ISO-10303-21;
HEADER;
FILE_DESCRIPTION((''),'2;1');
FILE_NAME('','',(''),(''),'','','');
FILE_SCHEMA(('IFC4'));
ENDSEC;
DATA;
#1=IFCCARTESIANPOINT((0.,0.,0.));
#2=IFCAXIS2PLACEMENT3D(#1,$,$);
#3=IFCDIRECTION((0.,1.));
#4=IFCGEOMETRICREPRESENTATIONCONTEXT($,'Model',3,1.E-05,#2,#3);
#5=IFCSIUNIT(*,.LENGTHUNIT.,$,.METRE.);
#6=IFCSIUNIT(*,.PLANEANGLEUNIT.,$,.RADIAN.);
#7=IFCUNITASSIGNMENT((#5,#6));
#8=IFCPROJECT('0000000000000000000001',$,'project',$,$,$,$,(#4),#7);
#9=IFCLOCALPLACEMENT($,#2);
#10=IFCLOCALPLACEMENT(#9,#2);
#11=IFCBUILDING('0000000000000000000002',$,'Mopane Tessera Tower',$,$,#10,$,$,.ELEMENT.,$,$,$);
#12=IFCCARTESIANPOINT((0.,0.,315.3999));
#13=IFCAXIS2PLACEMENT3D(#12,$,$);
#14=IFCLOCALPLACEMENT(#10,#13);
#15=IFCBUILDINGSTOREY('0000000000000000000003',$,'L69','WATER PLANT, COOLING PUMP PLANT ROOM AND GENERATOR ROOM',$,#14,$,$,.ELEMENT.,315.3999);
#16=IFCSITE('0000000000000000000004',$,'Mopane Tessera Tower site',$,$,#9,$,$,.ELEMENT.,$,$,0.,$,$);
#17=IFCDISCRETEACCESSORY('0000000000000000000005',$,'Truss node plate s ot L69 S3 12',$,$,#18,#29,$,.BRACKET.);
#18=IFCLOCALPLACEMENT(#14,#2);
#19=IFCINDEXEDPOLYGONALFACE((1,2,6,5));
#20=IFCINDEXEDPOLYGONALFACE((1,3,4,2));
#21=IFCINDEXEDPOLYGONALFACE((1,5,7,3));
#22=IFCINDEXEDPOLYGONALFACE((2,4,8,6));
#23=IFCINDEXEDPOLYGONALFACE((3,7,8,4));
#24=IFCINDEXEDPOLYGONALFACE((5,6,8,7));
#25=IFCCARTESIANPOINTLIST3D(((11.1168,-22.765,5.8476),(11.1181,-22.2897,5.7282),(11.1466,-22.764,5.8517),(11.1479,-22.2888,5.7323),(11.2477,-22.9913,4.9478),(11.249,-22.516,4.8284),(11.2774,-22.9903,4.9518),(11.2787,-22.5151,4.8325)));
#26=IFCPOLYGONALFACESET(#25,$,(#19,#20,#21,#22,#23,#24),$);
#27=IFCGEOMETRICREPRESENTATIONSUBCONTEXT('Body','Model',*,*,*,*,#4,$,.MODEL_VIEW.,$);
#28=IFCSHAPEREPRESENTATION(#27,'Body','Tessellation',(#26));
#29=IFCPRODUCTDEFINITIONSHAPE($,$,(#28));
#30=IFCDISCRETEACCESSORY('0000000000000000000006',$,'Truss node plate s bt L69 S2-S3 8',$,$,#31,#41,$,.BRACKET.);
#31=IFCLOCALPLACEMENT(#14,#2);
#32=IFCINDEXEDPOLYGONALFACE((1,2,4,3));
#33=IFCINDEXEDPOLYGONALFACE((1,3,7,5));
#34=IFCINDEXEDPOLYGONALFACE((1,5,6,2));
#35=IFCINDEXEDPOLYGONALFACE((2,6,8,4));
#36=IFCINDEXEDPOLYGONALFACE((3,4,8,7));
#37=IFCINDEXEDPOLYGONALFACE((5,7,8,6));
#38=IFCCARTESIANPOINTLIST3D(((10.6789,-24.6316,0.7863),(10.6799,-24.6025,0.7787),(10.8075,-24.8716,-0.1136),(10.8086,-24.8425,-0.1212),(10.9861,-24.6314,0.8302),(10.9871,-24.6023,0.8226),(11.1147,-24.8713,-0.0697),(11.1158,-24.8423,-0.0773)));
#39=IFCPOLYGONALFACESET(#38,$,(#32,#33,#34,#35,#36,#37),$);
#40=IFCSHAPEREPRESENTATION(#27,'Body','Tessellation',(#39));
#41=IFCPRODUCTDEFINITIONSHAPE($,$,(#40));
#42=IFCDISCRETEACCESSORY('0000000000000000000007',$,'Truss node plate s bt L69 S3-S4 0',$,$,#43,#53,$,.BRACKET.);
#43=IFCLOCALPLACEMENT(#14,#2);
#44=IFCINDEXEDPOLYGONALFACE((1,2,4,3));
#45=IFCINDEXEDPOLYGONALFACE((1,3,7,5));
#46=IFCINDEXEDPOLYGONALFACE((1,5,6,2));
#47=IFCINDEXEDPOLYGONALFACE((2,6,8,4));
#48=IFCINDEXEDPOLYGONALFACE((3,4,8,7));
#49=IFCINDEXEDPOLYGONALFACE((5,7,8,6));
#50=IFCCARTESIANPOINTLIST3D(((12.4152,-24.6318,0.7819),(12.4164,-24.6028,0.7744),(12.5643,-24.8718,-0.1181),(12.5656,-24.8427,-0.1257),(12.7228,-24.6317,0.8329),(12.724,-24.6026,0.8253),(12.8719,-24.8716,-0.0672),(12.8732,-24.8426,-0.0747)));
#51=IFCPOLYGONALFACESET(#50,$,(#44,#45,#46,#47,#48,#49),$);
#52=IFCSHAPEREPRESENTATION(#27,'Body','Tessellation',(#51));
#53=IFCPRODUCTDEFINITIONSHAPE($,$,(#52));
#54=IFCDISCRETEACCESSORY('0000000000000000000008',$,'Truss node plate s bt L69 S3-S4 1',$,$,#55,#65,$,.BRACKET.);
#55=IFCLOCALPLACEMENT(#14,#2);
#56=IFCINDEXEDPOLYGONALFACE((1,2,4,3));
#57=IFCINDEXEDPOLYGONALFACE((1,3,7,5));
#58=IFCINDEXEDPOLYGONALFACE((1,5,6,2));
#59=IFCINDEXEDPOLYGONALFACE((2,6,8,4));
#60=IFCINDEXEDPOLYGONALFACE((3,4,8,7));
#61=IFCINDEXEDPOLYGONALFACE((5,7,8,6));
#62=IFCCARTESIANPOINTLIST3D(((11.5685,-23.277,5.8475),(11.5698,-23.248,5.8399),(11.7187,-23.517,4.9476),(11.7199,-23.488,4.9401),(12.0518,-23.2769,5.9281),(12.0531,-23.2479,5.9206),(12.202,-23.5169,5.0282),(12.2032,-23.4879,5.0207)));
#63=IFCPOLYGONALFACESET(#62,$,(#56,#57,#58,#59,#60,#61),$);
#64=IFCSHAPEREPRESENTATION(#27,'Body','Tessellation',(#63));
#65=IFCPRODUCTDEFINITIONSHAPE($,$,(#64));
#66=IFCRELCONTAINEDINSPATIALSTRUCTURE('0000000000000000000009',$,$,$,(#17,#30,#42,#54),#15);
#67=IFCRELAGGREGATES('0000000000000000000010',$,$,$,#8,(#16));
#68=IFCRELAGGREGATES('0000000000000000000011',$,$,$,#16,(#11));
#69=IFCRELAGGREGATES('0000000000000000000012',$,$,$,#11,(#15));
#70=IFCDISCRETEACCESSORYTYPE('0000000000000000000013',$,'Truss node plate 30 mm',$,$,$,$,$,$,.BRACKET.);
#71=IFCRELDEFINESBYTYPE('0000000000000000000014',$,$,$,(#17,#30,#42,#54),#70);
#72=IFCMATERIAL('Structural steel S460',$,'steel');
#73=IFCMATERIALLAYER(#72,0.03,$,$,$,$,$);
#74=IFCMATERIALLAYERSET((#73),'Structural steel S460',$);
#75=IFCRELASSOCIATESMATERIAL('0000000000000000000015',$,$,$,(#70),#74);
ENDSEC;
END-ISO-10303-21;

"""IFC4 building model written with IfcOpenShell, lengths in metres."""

from ifc_helpers import new_model, si_unit, direction, frame, origin, origin_2d, place, context, subcontext, project, spatial, rectangle, extrude, material, layer, layer_set, type_object, element, save


model = new_model("IFC4")

# Units and contexts
model_context = context("Model", 3, precision=1e-05, world=origin(), true_north=direction((0.0, 1.0)))
body_context = subcontext(model_context, "Body", "Model", "MODEL_VIEW")
ifc_project = project(units=[si_unit("LENGTHUNIT", "METRE"), si_unit("PLANEANGLEUNIT", "RADIAN")], contexts=[model_context])

# Site, building, storey
site_placement = place(None, origin())
site = spatial("IfcSite", under=ifc_project, at=site_placement, Name="Mopane Tessera Tower site", CompositionType="ELEMENT", RefElevation=0.0)
building_placement = place(site_placement, origin())
building = spatial("IfcBuilding", under=site, at=building_placement, Name="Mopane Tessera Tower", CompositionType="ELEMENT")
storey_placement = place(building_placement, frame((0.0, 0.0, 315.3999)))
storey = spatial("IfcBuildingStorey", under=building, at=storey_placement, Name="L69", Description="WATER PLANT, COOLING PUMP PLANT ROOM AND GENERATOR ROOM", CompositionType="ELEMENT", Elevation=315.3999)

# Discrete accessories
ifc_material_1 = material(Name="Structural steel S460", Category="steel")
ifc_layer_1 = layer(ifc_material_1, 0.03)
ifc_layer_set_1 = layer_set([ifc_layer_1], Name="Structural steel S460")
discrete_accessory_type_1 = type_object("IfcDiscreteAccessoryType", Name="Truss node plate 30 mm", PredefinedType="BRACKET", material=ifc_layer_set_1)
discrete_accessory_1_placement = place(storey_placement, frame((11.2632, -22.7532, 4.8901), z_axis=(-0.139642, 0.241508, 0.960299), x_axis=(0.990199, 0.031467, 0.136076)))
element("IfcDiscreteAccessory", 1, at=discrete_accessory_1_placement, inside=storey, type_object=discrete_accessory_type_1, Name="Truss node plate s ot L69 S3 12", PredefinedType="BRACKET", context=body_context, shape_type="SweptSolid", body=[
    extrude(rectangle(XDim=0.03, YDim=0.49, at=origin_2d()), origin(), (0.0, 0.0, 1.0), 0.937),
])
discrete_accessory_2_placement = place(storey_placement, frame((10.9617, -24.8569, -0.0955), z_axis=(-0.136846, 0.255255, 0.957141), x_axis=(0.035428, 0.966874, -0.252785)))
element("IfcDiscreteAccessory", 2, at=discrete_accessory_2_placement, inside=storey, type_object=discrete_accessory_type_1, Name="Truss node plate s bt L69 S2-S3 8", PredefinedType="BRACKET", context=body_context, shape_type="SweptSolid", body=[
    extrude(rectangle(XDim=0.03, YDim=0.3103, at=origin_2d()), origin(), (0.0, 0.0, 1.0), 0.9402),
])
discrete_accessory_3_placement = place(storey_placement, frame((12.7188, -24.8572, -0.0964), z_axis=(-0.15811, 0.254373, 0.954094), x_axis=(0.041192, 0.967106, -0.251016)))
element("IfcDiscreteAccessory", 3, at=discrete_accessory_3_placement, inside=storey, type_object=discrete_accessory_type_1, Name="Truss node plate s bt L69 S3-S4 0", PredefinedType="BRACKET", context=body_context, shape_type="SweptSolid", body=[
    extrude(rectangle(XDim=0.03, YDim=0.3118, at=origin_2d()), origin(), (0.0, 0.0, 1.0), 0.9434),
])
discrete_accessory_4_placement = place(storey_placement, frame((11.9609, -23.5024, 4.9841), z_axis=(-0.159158, 0.254394, 0.953914), x_axis=(0.041685, 0.967101, -0.250956)))
element("IfcDiscreteAccessory", 4, at=discrete_accessory_4_placement, inside=storey, type_object=discrete_accessory_type_1, Name="Truss node plate s bt L69 S3-S4 1", PredefinedType="BRACKET", context=body_context, shape_type="SweptSolid", body=[
    extrude(rectangle(XDim=0.03, YDim=0.49, at=origin_2d()), origin(), (0.0, 0.0, 1.0), 0.9434),
])

save(model, "model.ifc")
